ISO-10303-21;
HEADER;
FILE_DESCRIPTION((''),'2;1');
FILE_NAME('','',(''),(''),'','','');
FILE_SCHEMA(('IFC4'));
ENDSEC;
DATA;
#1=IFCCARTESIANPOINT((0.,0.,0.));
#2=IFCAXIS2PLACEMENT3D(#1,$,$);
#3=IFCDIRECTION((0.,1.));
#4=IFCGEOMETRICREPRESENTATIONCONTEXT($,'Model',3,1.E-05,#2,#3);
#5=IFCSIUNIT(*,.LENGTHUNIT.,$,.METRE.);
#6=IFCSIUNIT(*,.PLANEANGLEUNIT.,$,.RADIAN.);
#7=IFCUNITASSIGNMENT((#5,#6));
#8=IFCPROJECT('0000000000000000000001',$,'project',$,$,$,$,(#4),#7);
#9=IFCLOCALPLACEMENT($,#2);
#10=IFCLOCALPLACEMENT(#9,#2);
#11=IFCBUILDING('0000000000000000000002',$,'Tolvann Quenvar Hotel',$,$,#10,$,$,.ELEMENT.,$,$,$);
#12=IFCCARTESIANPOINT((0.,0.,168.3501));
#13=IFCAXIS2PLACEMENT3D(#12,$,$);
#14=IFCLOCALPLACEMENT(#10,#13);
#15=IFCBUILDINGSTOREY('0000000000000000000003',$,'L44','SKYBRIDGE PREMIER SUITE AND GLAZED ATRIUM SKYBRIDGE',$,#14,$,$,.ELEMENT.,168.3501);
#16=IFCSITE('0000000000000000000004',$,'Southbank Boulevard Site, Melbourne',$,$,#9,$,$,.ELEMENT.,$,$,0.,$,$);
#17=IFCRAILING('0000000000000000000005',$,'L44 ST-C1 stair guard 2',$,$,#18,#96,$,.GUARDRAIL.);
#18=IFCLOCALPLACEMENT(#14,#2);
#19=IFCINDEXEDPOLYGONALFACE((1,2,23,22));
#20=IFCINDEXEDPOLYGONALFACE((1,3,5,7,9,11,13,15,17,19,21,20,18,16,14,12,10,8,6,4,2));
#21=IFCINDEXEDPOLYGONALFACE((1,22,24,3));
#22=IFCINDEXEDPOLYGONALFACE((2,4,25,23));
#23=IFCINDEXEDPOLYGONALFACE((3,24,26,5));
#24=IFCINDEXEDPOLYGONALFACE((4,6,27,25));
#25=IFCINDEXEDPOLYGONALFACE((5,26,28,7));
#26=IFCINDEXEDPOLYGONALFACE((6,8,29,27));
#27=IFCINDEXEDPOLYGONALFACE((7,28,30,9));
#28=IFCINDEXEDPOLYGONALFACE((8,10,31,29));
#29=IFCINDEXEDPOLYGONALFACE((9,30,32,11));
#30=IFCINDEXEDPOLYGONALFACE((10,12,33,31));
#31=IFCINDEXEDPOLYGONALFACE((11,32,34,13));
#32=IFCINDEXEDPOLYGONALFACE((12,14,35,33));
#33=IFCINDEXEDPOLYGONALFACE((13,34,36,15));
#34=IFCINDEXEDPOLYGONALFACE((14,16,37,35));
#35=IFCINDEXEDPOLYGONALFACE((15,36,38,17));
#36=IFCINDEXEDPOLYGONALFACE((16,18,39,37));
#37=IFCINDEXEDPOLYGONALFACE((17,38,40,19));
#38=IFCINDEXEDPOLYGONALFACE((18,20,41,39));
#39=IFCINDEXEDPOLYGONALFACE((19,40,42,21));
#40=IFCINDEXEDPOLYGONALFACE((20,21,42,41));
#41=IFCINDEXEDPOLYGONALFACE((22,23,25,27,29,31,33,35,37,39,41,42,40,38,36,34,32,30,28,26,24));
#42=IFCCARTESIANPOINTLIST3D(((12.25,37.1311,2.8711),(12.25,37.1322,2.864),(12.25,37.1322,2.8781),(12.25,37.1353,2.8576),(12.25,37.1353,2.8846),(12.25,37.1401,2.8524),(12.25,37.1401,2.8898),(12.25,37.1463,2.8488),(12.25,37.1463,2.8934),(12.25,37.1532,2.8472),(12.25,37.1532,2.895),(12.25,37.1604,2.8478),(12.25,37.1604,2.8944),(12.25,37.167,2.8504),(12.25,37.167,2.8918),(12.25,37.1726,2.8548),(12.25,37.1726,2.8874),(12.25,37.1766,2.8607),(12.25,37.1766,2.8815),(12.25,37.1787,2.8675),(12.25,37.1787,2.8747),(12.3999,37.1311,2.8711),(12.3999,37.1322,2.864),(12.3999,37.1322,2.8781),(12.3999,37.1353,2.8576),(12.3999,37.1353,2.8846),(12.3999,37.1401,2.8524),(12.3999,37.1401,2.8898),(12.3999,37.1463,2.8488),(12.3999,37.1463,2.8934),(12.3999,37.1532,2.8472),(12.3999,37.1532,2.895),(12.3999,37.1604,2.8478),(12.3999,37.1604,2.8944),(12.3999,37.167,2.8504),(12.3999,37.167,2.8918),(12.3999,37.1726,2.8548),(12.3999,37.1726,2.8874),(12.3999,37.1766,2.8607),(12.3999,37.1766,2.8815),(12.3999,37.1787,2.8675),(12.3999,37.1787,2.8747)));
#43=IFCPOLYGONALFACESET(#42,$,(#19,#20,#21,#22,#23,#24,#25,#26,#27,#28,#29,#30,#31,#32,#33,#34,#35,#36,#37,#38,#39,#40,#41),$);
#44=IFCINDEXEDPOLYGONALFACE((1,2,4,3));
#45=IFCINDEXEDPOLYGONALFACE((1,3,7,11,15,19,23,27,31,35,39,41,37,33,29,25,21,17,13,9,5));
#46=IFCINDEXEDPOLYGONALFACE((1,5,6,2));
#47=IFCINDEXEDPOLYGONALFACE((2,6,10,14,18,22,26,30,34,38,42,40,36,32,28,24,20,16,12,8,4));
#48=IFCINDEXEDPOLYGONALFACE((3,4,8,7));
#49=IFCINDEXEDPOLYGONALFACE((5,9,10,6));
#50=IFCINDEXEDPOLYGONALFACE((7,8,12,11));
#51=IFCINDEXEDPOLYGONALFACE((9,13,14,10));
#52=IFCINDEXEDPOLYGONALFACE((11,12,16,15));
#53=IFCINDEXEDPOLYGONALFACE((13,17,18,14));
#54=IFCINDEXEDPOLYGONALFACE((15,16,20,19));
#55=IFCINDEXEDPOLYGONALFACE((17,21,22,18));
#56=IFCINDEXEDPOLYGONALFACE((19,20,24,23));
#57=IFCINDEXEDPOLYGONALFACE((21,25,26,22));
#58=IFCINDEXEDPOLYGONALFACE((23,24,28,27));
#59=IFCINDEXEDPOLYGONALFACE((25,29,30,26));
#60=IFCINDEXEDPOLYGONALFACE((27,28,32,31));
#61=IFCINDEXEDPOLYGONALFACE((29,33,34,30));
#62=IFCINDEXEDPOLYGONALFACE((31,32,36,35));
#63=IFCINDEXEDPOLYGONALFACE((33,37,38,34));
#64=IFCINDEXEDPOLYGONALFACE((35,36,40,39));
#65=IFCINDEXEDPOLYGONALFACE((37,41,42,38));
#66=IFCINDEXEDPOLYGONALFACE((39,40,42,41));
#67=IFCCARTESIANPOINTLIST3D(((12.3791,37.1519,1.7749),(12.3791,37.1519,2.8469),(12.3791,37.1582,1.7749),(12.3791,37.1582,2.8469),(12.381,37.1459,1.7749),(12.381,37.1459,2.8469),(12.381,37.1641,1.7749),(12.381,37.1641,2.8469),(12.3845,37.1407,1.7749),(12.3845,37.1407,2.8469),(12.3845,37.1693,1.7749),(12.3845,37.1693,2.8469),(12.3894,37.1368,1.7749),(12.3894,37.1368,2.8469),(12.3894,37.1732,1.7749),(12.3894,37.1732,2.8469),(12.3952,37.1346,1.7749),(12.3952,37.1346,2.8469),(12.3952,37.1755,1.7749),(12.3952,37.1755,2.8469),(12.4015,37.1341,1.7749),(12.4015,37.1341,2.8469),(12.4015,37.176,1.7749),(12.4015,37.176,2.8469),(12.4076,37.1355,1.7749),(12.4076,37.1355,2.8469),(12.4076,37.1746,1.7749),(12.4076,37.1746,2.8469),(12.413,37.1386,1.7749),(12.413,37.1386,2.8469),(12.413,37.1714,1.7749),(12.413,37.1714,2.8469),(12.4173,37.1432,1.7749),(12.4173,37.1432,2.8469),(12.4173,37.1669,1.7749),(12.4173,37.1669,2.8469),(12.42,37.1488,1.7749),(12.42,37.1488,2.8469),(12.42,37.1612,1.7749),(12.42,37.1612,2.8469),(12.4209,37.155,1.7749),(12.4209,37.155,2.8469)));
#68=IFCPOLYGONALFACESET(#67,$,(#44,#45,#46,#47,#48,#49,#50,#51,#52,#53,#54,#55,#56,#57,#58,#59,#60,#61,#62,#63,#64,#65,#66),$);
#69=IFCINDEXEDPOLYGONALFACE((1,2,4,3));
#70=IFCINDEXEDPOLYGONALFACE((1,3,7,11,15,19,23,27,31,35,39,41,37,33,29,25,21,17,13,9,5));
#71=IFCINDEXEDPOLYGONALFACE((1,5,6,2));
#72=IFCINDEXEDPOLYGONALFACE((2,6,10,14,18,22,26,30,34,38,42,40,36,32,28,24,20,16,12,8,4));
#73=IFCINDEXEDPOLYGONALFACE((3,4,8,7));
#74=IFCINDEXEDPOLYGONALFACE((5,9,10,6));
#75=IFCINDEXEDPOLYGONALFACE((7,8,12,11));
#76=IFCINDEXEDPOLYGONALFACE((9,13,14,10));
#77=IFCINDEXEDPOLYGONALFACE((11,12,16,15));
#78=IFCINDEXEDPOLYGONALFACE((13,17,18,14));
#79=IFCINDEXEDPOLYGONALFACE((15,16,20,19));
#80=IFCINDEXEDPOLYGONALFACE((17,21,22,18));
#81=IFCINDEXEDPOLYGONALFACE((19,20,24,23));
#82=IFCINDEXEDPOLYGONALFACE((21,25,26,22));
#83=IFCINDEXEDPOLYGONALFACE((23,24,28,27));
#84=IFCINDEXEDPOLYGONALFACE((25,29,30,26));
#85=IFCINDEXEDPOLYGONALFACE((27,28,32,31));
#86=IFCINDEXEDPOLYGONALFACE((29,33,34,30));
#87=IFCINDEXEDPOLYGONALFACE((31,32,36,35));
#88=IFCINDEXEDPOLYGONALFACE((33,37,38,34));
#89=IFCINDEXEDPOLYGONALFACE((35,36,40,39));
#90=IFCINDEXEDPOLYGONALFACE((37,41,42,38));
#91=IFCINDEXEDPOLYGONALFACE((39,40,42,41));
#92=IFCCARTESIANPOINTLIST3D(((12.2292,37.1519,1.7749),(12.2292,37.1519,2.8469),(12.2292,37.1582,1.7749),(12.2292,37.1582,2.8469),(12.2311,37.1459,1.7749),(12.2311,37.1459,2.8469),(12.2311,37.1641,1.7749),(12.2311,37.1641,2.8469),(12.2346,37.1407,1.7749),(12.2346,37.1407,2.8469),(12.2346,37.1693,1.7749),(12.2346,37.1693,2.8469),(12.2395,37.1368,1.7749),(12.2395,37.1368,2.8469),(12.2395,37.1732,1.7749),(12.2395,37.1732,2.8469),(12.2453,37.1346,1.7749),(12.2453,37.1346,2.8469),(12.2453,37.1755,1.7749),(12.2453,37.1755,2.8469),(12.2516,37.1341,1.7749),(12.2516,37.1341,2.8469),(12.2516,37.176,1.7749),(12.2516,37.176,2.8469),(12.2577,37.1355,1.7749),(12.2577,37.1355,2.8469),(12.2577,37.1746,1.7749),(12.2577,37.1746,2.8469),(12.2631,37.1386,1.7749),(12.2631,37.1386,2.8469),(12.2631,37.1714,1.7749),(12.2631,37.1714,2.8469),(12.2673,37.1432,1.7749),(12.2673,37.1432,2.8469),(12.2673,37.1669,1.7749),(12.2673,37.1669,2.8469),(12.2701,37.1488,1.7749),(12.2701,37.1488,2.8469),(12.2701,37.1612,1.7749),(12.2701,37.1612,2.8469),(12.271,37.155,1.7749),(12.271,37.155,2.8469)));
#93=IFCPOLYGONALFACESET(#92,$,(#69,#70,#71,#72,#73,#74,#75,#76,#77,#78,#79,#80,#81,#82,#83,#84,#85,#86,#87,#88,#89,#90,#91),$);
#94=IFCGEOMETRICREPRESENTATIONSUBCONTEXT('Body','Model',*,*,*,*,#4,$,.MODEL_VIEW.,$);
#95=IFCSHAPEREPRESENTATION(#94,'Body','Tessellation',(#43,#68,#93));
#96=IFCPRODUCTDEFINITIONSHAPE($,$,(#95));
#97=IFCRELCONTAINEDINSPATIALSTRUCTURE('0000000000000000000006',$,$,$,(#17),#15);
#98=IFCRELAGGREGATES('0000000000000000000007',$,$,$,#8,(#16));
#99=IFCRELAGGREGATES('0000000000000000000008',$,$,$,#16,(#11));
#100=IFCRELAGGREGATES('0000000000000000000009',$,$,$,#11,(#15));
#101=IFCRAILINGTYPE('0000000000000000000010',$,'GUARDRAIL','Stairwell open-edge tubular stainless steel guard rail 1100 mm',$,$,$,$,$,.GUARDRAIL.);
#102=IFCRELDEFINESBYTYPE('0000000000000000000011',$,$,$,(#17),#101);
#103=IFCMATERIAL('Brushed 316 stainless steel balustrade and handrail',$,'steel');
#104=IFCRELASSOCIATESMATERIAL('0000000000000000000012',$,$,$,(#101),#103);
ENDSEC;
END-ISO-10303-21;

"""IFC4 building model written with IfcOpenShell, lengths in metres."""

from ifc_helpers import new_model, si_unit, direction, frame, origin, origin_2d, place, context, subcontext, project, spatial, circle, extrude, material, type_object, element, save


model = new_model("IFC4")

# Units and contexts
model_context = context("Model", 3, precision=1e-05, world=origin(), true_north=direction((0.0, 1.0)))
body_context = subcontext(model_context, "Body", "Model", "MODEL_VIEW")
ifc_project = project(units=[si_unit("LENGTHUNIT", "METRE"), si_unit("PLANEANGLEUNIT", "RADIAN")], contexts=[model_context])

# Site, building, storey
site_placement = place(None, origin())
site = spatial("IfcSite", under=ifc_project, at=site_placement, Name="Southbank Boulevard Site, Melbourne", CompositionType="ELEMENT", RefElevation=0.0)
building_placement = place(site_placement, origin())
building = spatial("IfcBuilding", under=site, at=building_placement, Name="Tolvann Quenvar Hotel", CompositionType="ELEMENT")
storey_placement = place(building_placement, frame((0.0, 0.0, 168.3501)))
storey = spatial("IfcBuildingStorey", under=building, at=storey_placement, Name="L44", Description="SKYBRIDGE PREMIER SUITE AND GLAZED ATRIUM SKYBRIDGE", CompositionType="ELEMENT", Elevation=168.3501)

# Railing
ifc_material_1 = material(Name="Brushed 316 stainless steel balustrade and handrail", Category="steel")
railing_type_1 = type_object("IfcRailingType", Name="GUARDRAIL", Description="Stairwell open-edge tubular stainless steel guard rail 1100 mm", PredefinedType="GUARDRAIL", material=ifc_material_1)
railing_1_placement = place(storey_placement, frame((12.3999, 37.155, 1.7749)))
element("IfcRailing", 1, at=railing_1_placement, inside=storey, type_object=railing_type_1, Name="L44 ST-C1 stair guard 2", PredefinedType="GUARDRAIL", context=body_context, shape_type="SweptSolid", body=[
    extrude(circle(Radius=0.0239, at=origin_2d()), frame((0.0, 0.0, 1.0962), z_axis=(-1.0, 0.0, 0.0), x_axis=(0.0, -1.0, 0.0)), (0.0, 0.0, 1.0), 0.1499),
    extrude(circle(Radius=0.021, at=origin_2d()), origin(), (0.0, 0.0, 1.0), 1.072),
    extrude(circle(Radius=0.021, at=origin_2d()), frame((-0.1499, 0.0, 0.0)), (0.0, 0.0, 1.0), 1.072),
])

save(model, "model.ifc")
